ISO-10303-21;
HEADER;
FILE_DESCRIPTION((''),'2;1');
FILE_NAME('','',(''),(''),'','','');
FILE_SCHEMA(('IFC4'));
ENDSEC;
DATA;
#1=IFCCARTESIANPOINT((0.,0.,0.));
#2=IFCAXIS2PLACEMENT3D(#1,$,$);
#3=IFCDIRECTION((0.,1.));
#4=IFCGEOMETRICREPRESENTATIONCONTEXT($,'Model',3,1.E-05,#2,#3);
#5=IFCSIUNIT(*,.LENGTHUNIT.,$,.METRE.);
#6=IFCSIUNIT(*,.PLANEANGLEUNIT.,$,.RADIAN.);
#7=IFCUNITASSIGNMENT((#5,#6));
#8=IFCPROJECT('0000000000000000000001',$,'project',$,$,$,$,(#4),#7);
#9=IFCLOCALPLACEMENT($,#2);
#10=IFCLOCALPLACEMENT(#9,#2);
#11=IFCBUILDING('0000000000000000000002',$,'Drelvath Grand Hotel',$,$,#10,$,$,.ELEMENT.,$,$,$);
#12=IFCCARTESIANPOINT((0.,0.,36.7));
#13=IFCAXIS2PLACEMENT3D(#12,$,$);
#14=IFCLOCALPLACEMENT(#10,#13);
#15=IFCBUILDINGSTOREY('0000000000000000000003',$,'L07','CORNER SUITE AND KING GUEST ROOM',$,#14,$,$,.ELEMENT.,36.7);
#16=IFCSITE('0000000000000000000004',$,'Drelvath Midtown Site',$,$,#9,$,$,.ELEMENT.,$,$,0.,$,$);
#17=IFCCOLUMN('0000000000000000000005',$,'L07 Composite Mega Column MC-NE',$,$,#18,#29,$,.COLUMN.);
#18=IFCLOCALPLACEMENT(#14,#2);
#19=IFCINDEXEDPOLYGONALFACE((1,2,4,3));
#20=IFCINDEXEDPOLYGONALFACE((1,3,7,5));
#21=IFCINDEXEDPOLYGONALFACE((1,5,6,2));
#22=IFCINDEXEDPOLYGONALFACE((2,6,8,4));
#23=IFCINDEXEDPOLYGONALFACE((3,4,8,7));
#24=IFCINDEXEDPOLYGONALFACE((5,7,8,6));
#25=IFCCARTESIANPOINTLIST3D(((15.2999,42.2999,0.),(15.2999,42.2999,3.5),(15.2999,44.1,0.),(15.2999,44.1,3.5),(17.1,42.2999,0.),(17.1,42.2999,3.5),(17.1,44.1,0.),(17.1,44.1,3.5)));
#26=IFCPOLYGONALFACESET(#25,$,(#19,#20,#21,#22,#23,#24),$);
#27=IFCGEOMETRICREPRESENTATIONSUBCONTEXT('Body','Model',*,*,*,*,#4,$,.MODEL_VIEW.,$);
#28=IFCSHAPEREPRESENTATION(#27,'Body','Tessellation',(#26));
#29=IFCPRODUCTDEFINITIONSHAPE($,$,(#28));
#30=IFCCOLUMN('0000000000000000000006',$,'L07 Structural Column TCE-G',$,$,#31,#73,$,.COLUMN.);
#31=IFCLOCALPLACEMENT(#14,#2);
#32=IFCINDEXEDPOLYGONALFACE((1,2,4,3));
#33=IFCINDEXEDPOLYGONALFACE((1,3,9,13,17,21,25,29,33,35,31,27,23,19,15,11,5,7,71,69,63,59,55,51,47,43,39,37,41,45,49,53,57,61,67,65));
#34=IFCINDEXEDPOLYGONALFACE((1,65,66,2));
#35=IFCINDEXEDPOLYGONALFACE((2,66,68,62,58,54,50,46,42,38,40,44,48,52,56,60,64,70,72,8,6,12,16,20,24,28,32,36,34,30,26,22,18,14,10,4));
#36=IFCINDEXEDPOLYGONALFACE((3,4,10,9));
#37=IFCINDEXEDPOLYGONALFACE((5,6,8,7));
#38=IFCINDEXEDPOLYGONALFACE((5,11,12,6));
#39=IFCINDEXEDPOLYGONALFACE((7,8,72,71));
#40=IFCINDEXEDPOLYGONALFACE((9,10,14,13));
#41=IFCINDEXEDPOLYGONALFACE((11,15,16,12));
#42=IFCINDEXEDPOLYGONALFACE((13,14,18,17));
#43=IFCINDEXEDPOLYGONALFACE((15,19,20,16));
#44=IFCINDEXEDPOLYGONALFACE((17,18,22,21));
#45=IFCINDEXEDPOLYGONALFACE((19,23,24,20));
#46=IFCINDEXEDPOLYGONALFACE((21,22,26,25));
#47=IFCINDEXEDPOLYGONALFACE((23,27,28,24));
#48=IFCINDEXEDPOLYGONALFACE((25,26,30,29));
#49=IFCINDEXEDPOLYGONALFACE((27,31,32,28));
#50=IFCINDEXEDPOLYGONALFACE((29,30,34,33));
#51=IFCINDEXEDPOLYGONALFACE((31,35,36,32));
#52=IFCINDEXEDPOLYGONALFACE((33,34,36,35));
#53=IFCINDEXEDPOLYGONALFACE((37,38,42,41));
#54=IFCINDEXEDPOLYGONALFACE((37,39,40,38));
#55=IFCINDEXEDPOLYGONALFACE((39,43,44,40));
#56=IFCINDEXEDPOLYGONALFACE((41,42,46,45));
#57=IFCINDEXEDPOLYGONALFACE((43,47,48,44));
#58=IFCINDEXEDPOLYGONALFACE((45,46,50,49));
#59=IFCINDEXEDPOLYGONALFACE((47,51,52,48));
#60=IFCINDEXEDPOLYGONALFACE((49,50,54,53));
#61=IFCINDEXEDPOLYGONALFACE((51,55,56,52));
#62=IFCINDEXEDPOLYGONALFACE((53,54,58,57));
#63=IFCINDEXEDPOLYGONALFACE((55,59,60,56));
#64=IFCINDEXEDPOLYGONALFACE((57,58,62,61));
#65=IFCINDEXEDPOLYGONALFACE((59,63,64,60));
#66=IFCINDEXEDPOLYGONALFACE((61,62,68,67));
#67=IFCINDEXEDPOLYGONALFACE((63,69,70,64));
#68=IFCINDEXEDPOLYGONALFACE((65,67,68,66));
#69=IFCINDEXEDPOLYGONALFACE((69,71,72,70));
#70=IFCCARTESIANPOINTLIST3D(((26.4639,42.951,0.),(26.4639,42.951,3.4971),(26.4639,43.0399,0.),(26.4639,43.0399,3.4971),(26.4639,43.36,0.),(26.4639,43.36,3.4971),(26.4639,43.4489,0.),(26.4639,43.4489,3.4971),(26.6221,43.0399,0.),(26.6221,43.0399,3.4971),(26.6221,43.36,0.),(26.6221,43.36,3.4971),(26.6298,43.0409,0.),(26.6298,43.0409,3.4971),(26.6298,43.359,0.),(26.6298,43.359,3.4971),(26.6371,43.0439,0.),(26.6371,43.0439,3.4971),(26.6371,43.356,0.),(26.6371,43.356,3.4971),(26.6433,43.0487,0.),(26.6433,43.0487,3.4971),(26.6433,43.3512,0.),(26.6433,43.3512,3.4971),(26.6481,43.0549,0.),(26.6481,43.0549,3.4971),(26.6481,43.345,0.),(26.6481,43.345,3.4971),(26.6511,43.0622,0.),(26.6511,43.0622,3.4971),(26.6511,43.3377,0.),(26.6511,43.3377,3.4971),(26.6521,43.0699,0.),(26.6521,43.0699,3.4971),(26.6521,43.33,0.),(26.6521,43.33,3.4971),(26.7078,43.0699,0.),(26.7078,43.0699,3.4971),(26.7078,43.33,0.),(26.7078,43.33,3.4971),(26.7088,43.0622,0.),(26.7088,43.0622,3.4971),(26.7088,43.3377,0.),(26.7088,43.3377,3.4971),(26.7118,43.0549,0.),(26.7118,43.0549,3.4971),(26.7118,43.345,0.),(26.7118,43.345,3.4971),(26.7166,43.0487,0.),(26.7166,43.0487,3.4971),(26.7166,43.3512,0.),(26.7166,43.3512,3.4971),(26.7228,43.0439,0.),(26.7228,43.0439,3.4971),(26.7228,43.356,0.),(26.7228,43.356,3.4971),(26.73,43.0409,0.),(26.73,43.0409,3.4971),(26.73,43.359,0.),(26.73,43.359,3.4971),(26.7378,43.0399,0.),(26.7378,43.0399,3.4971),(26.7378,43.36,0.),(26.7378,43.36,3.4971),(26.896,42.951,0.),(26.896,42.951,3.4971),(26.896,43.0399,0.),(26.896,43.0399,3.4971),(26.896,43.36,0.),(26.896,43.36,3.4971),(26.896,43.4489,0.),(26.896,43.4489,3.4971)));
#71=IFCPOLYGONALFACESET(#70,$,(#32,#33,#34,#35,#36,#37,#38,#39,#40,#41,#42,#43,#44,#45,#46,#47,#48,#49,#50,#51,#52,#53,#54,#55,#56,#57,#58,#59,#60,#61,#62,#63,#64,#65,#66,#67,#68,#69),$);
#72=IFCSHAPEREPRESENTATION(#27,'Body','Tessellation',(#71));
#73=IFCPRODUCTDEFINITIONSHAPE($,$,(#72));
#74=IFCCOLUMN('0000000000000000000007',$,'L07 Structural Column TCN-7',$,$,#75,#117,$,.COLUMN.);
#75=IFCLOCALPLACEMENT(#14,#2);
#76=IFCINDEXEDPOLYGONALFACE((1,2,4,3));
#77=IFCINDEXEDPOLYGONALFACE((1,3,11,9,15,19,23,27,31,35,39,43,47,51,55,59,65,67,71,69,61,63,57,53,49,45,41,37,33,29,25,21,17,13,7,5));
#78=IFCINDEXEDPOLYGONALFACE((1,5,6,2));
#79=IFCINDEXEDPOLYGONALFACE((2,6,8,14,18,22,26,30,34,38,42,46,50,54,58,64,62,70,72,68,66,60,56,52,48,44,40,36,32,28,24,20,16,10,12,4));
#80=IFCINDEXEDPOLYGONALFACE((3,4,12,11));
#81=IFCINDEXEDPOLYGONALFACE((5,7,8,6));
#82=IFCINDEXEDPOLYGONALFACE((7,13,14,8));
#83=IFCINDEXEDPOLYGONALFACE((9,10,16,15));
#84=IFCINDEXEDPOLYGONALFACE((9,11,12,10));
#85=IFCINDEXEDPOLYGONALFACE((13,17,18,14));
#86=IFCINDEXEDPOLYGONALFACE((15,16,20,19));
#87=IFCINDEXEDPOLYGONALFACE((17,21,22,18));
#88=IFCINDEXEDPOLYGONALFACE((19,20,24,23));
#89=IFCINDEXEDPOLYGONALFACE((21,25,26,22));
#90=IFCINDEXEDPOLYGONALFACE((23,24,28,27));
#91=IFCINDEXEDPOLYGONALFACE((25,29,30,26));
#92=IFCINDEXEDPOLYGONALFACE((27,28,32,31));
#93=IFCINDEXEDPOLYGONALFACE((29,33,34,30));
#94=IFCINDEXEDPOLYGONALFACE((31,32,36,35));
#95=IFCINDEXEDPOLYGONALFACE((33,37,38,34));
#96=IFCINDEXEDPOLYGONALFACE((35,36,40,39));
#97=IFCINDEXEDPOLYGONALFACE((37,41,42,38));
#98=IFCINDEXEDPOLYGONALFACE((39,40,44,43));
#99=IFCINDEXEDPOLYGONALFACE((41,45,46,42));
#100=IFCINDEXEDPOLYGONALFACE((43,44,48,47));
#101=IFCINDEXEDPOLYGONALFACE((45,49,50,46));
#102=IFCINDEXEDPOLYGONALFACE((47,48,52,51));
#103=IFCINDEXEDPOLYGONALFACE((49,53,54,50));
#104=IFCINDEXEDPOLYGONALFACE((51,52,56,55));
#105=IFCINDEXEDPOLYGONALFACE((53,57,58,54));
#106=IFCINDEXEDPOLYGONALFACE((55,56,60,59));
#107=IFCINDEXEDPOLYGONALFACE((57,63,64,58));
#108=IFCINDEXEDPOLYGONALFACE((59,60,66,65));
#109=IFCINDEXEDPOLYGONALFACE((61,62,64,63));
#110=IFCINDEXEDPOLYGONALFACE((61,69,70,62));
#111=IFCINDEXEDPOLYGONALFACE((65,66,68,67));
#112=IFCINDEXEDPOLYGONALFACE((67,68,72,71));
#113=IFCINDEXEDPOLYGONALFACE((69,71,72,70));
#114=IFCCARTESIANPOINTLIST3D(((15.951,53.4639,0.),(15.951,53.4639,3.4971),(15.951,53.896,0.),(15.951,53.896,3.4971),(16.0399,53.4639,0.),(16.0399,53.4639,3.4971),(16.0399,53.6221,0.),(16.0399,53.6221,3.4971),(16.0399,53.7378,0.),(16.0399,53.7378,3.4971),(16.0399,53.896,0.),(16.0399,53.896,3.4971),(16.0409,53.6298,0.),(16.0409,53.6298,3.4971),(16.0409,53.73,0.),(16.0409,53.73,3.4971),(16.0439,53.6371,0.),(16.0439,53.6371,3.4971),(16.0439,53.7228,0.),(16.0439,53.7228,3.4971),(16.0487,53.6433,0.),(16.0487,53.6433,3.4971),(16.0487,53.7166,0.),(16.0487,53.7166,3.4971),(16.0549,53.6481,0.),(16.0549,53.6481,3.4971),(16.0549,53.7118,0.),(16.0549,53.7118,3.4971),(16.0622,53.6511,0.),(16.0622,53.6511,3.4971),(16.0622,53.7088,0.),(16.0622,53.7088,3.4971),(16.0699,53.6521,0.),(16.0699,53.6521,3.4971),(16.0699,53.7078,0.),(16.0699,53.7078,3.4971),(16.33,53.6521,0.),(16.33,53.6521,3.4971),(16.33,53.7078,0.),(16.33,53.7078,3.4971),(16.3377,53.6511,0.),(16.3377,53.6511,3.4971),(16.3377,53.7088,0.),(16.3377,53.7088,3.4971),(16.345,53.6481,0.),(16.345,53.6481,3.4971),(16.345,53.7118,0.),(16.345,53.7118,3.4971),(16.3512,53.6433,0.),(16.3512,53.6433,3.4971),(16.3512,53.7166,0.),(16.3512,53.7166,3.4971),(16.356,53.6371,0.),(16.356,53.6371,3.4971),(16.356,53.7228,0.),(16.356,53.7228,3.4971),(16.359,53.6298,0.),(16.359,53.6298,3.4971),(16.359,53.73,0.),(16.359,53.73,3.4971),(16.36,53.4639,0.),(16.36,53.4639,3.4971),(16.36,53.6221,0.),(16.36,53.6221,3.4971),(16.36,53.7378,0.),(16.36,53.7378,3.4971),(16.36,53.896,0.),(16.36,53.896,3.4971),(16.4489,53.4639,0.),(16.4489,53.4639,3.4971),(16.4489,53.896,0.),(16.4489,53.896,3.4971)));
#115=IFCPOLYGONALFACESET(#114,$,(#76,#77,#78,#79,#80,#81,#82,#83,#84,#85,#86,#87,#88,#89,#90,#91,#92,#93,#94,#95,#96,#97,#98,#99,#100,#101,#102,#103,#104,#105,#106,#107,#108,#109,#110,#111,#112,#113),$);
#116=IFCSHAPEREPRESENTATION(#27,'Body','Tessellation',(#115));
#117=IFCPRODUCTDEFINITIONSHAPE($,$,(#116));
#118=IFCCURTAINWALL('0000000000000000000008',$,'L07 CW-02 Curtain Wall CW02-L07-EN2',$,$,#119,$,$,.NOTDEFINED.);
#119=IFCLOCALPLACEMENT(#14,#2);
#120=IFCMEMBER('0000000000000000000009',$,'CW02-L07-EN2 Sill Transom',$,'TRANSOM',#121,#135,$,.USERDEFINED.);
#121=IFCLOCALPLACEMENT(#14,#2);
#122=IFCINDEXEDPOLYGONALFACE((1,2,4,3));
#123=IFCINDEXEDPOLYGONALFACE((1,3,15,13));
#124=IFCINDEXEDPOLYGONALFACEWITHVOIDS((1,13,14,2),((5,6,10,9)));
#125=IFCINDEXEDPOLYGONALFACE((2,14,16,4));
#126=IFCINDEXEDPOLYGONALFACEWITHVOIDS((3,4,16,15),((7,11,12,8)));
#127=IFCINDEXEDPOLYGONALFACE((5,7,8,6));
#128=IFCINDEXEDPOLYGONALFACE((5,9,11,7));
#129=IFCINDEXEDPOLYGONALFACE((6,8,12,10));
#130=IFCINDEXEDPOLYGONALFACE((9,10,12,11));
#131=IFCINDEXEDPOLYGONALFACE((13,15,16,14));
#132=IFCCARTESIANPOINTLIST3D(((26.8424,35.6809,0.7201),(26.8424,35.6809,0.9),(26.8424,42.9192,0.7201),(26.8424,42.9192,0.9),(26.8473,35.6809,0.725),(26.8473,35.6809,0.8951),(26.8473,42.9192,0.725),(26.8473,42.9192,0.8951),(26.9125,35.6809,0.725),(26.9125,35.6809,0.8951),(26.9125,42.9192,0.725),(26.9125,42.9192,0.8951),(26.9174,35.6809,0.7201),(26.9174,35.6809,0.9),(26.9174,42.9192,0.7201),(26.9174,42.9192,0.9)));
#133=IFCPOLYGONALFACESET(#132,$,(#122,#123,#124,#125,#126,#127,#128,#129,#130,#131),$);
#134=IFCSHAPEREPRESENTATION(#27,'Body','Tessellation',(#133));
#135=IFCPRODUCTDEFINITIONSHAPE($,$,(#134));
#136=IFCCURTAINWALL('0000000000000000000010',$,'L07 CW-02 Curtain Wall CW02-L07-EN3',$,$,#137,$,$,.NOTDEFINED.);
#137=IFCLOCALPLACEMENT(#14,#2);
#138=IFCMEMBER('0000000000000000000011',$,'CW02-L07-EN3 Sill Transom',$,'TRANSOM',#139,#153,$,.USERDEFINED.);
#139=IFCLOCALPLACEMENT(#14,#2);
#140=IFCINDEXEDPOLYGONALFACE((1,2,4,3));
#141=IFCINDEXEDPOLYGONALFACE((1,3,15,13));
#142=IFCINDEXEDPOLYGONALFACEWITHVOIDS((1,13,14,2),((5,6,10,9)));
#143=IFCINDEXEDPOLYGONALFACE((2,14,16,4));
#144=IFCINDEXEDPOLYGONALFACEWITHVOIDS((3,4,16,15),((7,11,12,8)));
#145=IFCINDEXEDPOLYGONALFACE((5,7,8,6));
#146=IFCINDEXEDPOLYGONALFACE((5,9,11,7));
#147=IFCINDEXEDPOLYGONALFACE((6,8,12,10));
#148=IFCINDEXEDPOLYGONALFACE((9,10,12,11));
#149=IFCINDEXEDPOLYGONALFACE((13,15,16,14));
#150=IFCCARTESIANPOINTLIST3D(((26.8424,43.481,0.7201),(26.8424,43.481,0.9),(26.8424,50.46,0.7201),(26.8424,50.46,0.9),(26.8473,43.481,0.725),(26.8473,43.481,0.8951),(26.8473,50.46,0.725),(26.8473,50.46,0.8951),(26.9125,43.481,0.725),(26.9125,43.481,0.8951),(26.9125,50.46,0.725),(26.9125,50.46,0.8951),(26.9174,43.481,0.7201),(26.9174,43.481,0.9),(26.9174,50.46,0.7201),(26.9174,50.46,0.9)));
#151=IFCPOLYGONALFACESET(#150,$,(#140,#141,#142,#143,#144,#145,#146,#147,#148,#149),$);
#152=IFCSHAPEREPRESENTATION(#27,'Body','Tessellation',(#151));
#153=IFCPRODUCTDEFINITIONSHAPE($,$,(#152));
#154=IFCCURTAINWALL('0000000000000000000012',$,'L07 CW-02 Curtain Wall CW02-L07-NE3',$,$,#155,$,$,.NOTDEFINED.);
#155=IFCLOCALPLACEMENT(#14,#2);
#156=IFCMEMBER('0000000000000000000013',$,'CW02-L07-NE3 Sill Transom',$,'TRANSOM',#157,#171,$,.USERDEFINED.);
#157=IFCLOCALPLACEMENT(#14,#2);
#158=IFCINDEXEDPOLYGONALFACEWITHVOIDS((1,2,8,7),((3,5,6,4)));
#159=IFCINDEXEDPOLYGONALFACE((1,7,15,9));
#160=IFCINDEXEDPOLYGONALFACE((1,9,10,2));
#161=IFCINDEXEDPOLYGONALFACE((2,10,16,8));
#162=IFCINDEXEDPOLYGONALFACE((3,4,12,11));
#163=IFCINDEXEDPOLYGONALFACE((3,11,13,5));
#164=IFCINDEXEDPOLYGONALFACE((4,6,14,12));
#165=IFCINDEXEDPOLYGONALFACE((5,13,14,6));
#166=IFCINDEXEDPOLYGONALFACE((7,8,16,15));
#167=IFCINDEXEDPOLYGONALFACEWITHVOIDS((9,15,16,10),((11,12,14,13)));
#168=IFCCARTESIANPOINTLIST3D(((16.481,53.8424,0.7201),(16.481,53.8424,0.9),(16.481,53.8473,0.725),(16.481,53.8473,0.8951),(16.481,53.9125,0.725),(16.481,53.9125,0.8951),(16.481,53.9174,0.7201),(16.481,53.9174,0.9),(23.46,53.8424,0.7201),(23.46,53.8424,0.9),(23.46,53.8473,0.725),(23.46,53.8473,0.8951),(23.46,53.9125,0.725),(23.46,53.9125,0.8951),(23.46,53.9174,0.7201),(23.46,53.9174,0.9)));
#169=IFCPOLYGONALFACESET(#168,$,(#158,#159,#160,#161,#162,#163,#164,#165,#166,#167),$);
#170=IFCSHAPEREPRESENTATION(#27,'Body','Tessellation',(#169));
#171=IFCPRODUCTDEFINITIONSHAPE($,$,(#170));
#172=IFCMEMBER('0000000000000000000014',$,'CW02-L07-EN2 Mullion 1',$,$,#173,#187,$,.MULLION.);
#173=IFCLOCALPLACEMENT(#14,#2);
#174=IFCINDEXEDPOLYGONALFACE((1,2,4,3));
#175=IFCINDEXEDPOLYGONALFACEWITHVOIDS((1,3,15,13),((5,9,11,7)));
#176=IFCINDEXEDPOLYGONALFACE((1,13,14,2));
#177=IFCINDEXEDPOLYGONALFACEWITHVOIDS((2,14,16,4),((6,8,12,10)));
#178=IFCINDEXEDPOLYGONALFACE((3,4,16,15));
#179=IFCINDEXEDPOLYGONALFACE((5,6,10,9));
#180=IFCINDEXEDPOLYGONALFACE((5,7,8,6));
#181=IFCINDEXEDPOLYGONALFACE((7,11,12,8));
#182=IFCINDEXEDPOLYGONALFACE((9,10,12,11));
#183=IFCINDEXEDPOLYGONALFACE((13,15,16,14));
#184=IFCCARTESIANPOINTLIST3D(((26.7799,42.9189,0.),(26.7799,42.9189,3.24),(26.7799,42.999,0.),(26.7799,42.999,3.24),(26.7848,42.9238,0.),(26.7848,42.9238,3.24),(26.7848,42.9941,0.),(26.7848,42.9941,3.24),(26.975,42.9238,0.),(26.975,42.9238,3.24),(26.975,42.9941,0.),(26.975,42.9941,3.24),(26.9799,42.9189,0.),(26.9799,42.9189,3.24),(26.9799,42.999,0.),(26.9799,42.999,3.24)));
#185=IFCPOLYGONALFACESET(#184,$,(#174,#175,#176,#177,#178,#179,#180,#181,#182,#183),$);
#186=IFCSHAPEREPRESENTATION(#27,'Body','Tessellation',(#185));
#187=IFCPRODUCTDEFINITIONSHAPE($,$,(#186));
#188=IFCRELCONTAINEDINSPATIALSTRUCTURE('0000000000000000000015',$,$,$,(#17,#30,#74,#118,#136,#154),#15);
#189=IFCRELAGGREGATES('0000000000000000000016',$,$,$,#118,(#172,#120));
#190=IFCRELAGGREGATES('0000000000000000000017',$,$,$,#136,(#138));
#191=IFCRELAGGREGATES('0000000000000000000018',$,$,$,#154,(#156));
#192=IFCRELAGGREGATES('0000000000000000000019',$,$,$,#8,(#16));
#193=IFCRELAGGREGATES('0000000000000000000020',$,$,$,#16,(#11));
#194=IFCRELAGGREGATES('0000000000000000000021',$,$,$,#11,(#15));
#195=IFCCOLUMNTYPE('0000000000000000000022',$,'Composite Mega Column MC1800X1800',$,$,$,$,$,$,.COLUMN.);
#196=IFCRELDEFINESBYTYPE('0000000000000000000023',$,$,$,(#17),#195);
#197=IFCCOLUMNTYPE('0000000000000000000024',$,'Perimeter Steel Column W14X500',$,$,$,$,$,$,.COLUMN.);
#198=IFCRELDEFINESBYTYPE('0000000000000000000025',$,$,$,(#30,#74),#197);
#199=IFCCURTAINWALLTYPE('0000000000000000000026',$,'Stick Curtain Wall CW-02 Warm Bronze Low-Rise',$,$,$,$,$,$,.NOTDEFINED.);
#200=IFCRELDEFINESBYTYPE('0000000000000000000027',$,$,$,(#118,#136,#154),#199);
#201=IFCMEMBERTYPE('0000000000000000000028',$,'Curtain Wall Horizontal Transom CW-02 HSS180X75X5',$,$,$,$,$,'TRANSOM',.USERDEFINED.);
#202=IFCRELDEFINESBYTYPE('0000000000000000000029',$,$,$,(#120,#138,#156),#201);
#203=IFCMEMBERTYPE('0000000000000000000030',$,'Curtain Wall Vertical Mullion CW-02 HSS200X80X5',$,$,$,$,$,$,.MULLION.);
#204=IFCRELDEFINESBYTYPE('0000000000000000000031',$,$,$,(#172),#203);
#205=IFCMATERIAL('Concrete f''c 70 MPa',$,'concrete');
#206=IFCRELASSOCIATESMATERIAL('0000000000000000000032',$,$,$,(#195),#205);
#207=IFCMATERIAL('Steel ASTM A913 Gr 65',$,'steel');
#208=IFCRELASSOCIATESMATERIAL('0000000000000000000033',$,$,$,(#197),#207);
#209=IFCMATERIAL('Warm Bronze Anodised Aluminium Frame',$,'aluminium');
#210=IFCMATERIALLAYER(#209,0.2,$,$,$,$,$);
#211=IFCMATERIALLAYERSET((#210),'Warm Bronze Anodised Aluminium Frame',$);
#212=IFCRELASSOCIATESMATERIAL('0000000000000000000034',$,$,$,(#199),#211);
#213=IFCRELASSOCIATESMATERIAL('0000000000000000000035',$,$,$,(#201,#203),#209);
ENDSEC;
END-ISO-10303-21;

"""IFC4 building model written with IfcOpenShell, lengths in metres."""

from ifc_helpers import new_model, si_unit, direction, frame, origin, origin_2d, place, context, subcontext, project, spatial, rectangle, hollow_rectangle, i_section, extrude, material, layer, layer_set, material_profile, profile_set, type_object, element, aggregate, save


model = new_model("IFC4")

# Units and contexts
model_context = context("Model", 3, precision=1e-05, world=origin(), true_north=direction((0.0, 1.0)))
body_context = subcontext(model_context, "Body", "Model", "MODEL_VIEW")
ifc_project = project(units=[si_unit("LENGTHUNIT", "METRE"), si_unit("PLANEANGLEUNIT", "RADIAN")], contexts=[model_context])

# Site, building, storey
site_placement = place(None, origin())
site = spatial("IfcSite", under=ifc_project, at=site_placement, Name="Drelvath Midtown Site", CompositionType="ELEMENT", RefElevation=0.0)
building_placement = place(site_placement, origin())
building = spatial("IfcBuilding", under=site, at=building_placement, Name="Drelvath Grand Hotel", CompositionType="ELEMENT")
storey_placement = place(building_placement, frame((0.0, 0.0, 36.7)))
storey = spatial("IfcBuildingStorey", under=building, at=storey_placement, Name="L07", Description="CORNER SUITE AND KING GUEST ROOM", CompositionType="ELEMENT", Elevation=36.7)

# Columns
ifc_material_1 = material(Name="Concrete f'c 70 MPa", Category="concrete")
ifc_material_profile_1 = material_profile(ifc_material_1, rectangle(XDim=1.8, YDim=1.8, at=origin_2d()), Name="MC1800X1800")
ifc_profile_set_1 = profile_set([ifc_material_profile_1], Name="Concrete f'c 70 MPa")
column_type_1 = type_object("IfcColumnType", Name="Composite Mega Column MC1800X1800", PredefinedType="COLUMN", material=ifc_profile_set_1)
column_placement = place(storey_placement, frame((16.2, 43.2, 0.0), z_axis=(0.0, 0.0, 1.0), x_axis=(1.0, 0.0, 0.0)))
element("IfcColumn", 1, at=column_placement, inside=storey, type_object=column_type_1, Name="L07 Composite Mega Column MC-NE", PredefinedType="COLUMN", context=body_context, shape_type="SweptSolid", body=[
    extrude(rectangle(XDim=1.8, YDim=1.8, at=origin_2d()), origin(), (0.0, 0.0, 1.0), 3.5),
])
ifc_material_2 = material(Name="Steel ASTM A913 Gr 65", Category="steel")
ifc_material_profile_2 = material_profile(ifc_material_2, i_section(OverallWidth=0.4321, OverallDepth=0.4978, WebThickness=0.0557, FlangeThickness=0.0889, FilletRadius=0.03, at=origin_2d()), Name="W14X500")
ifc_profile_set_2 = profile_set([ifc_material_profile_2], Name="Steel ASTM A913 Gr 65")
column_type_2 = type_object("IfcColumnType", Name="Perimeter Steel Column W14X500", PredefinedType="COLUMN", material=ifc_profile_set_2)
for number, where, z_axis, x_axis, name in (
    (2, (26.6799, 43.2, 0.0), (0.0, 0.0, 1.0), (1.0, 0.0, 0.0), "L07 Structural Column TCE-G"),
    (3, (16.2, 53.6799, 0.0), (0.0, 0.0, 1.0), (0.0, 1.0, 0.0), "L07 Structural Column TCN-7"),
):
    element("IfcColumn", number, at=place(storey_placement, frame(where, z_axis=z_axis, x_axis=x_axis)), inside=storey, type_object=column_type_2, Name=name, PredefinedType="COLUMN", context=body_context, shape_type="SweptSolid", body=[
        extrude(i_section(OverallWidth=0.4321, OverallDepth=0.4978, WebThickness=0.0557, FlangeThickness=0.0889, FilletRadius=0.03, at=origin_2d()), origin(), (0.0, 0.0, 1.0), 3.4971),
    ])

# Curtain walls, members
ifc_material_3 = material(Name="Warm Bronze Anodised Aluminium Frame", Category="aluminium")
ifc_layer_1 = layer(ifc_material_3, 0.2)
ifc_layer_set_1 = layer_set([ifc_layer_1], Name="Warm Bronze Anodised Aluminium Frame")
curtain_wall_type = type_object("IfcCurtainWallType", Name="Stick Curtain Wall CW-02 Warm Bronze Low-Rise", PredefinedType="NOTDEFINED", material=ifc_layer_set_1)
curtain_wall_1_placement = place(storey_placement, origin())
curtain_wall_1 = element("IfcCurtainWall", 4, at=curtain_wall_1_placement, inside=storey, type_object=curtain_wall_type, Name="L07 CW-02 Curtain Wall CW02-L07-EN2", PredefinedType="NOTDEFINED")
ifc_material_profile_3 = material_profile(ifc_material_3, hollow_rectangle(XDim=0.075, YDim=0.1799, WallThickness=0.0049, at=origin_2d()), Name="HSS180X75X5")
ifc_profile_set_3 = profile_set([ifc_material_profile_3], Name="Warm Bronze Anodised Aluminium Frame")
member_type_1 = type_object("IfcMemberType", Name="Curtain Wall Horizontal Transom CW-02 HSS180X75X5", ElementType="TRANSOM", PredefinedType="USERDEFINED", material=ifc_profile_set_3)
member_1_placement = place(storey_placement, frame((26.8799, 42.9192, 0.8101), z_axis=(0.0, -1.0, 0.0), x_axis=(1.0, 0.0, 0.0)))
member_1 = element("IfcMember", 5, at=member_1_placement, type_object=member_type_1, Name="CW02-L07-EN2 Sill Transom", ObjectType="TRANSOM", PredefinedType="USERDEFINED", context=body_context, shape_type="SweptSolid", body=[
    extrude(hollow_rectangle(XDim=0.075, YDim=0.1799, WallThickness=0.0049, at=origin_2d()), origin(), (0.0, 0.0, 1.0), 7.2383),
])
curtain_wall_2_placement = place(storey_placement, origin())
curtain_wall_2 = element("IfcCurtainWall", 6, at=curtain_wall_2_placement, inside=storey, type_object=curtain_wall_type, Name="L07 CW-02 Curtain Wall CW02-L07-EN3", PredefinedType="NOTDEFINED")
member_2_placement = place(storey_placement, frame((26.8799, 50.46, 0.8101), z_axis=(0.0, -1.0, 0.0), x_axis=(1.0, 0.0, 0.0)))
member_2 = element("IfcMember", 7, at=member_2_placement, type_object=member_type_1, Name="CW02-L07-EN3 Sill Transom", ObjectType="TRANSOM", PredefinedType="USERDEFINED", context=body_context, shape_type="SweptSolid", body=[
    extrude(hollow_rectangle(XDim=0.075, YDim=0.1799, WallThickness=0.0049, at=origin_2d()), origin(), (0.0, 0.0, 1.0), 6.979),
])
curtain_wall_3_placement = place(storey_placement, origin())
curtain_wall_3 = element("IfcCurtainWall", 8, at=curtain_wall_3_placement, inside=storey, type_object=curtain_wall_type, Name="L07 CW-02 Curtain Wall CW02-L07-NE3", PredefinedType="NOTDEFINED")
member_3_placement = place(storey_placement, frame((16.481, 53.8799, 0.8101), z_axis=(1.0, 0.0, 0.0), x_axis=(0.0, 1.0, 0.0)))
member_3 = element("IfcMember", 9, at=member_3_placement, type_object=member_type_1, Name="CW02-L07-NE3 Sill Transom", ObjectType="TRANSOM", PredefinedType="USERDEFINED", context=body_context, shape_type="SweptSolid", body=[
    extrude(hollow_rectangle(XDim=0.075, YDim=0.1799, WallThickness=0.0049, at=origin_2d()), origin(), (0.0, 0.0, 1.0), 6.979),
])

# Member
ifc_material_profile_4 = material_profile(ifc_material_3, hollow_rectangle(XDim=0.0801, YDim=0.2, WallThickness=0.0049, at=origin_2d()), Name="HSS200X80X5")
ifc_profile_set_4 = profile_set([ifc_material_profile_4], Name="Warm Bronze Anodised Aluminium Frame")
member_type_2 = type_object("IfcMemberType", Name="Curtain Wall Vertical Mullion CW-02 HSS200X80X5", PredefinedType="MULLION", material=ifc_profile_set_4)
member_4_placement = place(storey_placement, frame((26.8799, 42.959, 0.0), z_axis=(0.0, 0.0, 1.0), x_axis=(0.0, 1.0, 0.0)))
member_4 = element("IfcMember", 10, at=member_4_placement, type_object=member_type_2, Name="CW02-L07-EN2 Mullion 1", PredefinedType="MULLION", context=body_context, shape_type="SweptSolid", body=[
    extrude(hollow_rectangle(XDim=0.0801, YDim=0.2, WallThickness=0.0049, at=origin_2d()), origin(), (0.0, 0.0, 1.0), 3.24),
])

aggregate(curtain_wall_1, [member_4, member_1])
aggregate(curtain_wall_2, [member_2])
aggregate(curtain_wall_3, [member_3])

save(model, "model.ifc")
